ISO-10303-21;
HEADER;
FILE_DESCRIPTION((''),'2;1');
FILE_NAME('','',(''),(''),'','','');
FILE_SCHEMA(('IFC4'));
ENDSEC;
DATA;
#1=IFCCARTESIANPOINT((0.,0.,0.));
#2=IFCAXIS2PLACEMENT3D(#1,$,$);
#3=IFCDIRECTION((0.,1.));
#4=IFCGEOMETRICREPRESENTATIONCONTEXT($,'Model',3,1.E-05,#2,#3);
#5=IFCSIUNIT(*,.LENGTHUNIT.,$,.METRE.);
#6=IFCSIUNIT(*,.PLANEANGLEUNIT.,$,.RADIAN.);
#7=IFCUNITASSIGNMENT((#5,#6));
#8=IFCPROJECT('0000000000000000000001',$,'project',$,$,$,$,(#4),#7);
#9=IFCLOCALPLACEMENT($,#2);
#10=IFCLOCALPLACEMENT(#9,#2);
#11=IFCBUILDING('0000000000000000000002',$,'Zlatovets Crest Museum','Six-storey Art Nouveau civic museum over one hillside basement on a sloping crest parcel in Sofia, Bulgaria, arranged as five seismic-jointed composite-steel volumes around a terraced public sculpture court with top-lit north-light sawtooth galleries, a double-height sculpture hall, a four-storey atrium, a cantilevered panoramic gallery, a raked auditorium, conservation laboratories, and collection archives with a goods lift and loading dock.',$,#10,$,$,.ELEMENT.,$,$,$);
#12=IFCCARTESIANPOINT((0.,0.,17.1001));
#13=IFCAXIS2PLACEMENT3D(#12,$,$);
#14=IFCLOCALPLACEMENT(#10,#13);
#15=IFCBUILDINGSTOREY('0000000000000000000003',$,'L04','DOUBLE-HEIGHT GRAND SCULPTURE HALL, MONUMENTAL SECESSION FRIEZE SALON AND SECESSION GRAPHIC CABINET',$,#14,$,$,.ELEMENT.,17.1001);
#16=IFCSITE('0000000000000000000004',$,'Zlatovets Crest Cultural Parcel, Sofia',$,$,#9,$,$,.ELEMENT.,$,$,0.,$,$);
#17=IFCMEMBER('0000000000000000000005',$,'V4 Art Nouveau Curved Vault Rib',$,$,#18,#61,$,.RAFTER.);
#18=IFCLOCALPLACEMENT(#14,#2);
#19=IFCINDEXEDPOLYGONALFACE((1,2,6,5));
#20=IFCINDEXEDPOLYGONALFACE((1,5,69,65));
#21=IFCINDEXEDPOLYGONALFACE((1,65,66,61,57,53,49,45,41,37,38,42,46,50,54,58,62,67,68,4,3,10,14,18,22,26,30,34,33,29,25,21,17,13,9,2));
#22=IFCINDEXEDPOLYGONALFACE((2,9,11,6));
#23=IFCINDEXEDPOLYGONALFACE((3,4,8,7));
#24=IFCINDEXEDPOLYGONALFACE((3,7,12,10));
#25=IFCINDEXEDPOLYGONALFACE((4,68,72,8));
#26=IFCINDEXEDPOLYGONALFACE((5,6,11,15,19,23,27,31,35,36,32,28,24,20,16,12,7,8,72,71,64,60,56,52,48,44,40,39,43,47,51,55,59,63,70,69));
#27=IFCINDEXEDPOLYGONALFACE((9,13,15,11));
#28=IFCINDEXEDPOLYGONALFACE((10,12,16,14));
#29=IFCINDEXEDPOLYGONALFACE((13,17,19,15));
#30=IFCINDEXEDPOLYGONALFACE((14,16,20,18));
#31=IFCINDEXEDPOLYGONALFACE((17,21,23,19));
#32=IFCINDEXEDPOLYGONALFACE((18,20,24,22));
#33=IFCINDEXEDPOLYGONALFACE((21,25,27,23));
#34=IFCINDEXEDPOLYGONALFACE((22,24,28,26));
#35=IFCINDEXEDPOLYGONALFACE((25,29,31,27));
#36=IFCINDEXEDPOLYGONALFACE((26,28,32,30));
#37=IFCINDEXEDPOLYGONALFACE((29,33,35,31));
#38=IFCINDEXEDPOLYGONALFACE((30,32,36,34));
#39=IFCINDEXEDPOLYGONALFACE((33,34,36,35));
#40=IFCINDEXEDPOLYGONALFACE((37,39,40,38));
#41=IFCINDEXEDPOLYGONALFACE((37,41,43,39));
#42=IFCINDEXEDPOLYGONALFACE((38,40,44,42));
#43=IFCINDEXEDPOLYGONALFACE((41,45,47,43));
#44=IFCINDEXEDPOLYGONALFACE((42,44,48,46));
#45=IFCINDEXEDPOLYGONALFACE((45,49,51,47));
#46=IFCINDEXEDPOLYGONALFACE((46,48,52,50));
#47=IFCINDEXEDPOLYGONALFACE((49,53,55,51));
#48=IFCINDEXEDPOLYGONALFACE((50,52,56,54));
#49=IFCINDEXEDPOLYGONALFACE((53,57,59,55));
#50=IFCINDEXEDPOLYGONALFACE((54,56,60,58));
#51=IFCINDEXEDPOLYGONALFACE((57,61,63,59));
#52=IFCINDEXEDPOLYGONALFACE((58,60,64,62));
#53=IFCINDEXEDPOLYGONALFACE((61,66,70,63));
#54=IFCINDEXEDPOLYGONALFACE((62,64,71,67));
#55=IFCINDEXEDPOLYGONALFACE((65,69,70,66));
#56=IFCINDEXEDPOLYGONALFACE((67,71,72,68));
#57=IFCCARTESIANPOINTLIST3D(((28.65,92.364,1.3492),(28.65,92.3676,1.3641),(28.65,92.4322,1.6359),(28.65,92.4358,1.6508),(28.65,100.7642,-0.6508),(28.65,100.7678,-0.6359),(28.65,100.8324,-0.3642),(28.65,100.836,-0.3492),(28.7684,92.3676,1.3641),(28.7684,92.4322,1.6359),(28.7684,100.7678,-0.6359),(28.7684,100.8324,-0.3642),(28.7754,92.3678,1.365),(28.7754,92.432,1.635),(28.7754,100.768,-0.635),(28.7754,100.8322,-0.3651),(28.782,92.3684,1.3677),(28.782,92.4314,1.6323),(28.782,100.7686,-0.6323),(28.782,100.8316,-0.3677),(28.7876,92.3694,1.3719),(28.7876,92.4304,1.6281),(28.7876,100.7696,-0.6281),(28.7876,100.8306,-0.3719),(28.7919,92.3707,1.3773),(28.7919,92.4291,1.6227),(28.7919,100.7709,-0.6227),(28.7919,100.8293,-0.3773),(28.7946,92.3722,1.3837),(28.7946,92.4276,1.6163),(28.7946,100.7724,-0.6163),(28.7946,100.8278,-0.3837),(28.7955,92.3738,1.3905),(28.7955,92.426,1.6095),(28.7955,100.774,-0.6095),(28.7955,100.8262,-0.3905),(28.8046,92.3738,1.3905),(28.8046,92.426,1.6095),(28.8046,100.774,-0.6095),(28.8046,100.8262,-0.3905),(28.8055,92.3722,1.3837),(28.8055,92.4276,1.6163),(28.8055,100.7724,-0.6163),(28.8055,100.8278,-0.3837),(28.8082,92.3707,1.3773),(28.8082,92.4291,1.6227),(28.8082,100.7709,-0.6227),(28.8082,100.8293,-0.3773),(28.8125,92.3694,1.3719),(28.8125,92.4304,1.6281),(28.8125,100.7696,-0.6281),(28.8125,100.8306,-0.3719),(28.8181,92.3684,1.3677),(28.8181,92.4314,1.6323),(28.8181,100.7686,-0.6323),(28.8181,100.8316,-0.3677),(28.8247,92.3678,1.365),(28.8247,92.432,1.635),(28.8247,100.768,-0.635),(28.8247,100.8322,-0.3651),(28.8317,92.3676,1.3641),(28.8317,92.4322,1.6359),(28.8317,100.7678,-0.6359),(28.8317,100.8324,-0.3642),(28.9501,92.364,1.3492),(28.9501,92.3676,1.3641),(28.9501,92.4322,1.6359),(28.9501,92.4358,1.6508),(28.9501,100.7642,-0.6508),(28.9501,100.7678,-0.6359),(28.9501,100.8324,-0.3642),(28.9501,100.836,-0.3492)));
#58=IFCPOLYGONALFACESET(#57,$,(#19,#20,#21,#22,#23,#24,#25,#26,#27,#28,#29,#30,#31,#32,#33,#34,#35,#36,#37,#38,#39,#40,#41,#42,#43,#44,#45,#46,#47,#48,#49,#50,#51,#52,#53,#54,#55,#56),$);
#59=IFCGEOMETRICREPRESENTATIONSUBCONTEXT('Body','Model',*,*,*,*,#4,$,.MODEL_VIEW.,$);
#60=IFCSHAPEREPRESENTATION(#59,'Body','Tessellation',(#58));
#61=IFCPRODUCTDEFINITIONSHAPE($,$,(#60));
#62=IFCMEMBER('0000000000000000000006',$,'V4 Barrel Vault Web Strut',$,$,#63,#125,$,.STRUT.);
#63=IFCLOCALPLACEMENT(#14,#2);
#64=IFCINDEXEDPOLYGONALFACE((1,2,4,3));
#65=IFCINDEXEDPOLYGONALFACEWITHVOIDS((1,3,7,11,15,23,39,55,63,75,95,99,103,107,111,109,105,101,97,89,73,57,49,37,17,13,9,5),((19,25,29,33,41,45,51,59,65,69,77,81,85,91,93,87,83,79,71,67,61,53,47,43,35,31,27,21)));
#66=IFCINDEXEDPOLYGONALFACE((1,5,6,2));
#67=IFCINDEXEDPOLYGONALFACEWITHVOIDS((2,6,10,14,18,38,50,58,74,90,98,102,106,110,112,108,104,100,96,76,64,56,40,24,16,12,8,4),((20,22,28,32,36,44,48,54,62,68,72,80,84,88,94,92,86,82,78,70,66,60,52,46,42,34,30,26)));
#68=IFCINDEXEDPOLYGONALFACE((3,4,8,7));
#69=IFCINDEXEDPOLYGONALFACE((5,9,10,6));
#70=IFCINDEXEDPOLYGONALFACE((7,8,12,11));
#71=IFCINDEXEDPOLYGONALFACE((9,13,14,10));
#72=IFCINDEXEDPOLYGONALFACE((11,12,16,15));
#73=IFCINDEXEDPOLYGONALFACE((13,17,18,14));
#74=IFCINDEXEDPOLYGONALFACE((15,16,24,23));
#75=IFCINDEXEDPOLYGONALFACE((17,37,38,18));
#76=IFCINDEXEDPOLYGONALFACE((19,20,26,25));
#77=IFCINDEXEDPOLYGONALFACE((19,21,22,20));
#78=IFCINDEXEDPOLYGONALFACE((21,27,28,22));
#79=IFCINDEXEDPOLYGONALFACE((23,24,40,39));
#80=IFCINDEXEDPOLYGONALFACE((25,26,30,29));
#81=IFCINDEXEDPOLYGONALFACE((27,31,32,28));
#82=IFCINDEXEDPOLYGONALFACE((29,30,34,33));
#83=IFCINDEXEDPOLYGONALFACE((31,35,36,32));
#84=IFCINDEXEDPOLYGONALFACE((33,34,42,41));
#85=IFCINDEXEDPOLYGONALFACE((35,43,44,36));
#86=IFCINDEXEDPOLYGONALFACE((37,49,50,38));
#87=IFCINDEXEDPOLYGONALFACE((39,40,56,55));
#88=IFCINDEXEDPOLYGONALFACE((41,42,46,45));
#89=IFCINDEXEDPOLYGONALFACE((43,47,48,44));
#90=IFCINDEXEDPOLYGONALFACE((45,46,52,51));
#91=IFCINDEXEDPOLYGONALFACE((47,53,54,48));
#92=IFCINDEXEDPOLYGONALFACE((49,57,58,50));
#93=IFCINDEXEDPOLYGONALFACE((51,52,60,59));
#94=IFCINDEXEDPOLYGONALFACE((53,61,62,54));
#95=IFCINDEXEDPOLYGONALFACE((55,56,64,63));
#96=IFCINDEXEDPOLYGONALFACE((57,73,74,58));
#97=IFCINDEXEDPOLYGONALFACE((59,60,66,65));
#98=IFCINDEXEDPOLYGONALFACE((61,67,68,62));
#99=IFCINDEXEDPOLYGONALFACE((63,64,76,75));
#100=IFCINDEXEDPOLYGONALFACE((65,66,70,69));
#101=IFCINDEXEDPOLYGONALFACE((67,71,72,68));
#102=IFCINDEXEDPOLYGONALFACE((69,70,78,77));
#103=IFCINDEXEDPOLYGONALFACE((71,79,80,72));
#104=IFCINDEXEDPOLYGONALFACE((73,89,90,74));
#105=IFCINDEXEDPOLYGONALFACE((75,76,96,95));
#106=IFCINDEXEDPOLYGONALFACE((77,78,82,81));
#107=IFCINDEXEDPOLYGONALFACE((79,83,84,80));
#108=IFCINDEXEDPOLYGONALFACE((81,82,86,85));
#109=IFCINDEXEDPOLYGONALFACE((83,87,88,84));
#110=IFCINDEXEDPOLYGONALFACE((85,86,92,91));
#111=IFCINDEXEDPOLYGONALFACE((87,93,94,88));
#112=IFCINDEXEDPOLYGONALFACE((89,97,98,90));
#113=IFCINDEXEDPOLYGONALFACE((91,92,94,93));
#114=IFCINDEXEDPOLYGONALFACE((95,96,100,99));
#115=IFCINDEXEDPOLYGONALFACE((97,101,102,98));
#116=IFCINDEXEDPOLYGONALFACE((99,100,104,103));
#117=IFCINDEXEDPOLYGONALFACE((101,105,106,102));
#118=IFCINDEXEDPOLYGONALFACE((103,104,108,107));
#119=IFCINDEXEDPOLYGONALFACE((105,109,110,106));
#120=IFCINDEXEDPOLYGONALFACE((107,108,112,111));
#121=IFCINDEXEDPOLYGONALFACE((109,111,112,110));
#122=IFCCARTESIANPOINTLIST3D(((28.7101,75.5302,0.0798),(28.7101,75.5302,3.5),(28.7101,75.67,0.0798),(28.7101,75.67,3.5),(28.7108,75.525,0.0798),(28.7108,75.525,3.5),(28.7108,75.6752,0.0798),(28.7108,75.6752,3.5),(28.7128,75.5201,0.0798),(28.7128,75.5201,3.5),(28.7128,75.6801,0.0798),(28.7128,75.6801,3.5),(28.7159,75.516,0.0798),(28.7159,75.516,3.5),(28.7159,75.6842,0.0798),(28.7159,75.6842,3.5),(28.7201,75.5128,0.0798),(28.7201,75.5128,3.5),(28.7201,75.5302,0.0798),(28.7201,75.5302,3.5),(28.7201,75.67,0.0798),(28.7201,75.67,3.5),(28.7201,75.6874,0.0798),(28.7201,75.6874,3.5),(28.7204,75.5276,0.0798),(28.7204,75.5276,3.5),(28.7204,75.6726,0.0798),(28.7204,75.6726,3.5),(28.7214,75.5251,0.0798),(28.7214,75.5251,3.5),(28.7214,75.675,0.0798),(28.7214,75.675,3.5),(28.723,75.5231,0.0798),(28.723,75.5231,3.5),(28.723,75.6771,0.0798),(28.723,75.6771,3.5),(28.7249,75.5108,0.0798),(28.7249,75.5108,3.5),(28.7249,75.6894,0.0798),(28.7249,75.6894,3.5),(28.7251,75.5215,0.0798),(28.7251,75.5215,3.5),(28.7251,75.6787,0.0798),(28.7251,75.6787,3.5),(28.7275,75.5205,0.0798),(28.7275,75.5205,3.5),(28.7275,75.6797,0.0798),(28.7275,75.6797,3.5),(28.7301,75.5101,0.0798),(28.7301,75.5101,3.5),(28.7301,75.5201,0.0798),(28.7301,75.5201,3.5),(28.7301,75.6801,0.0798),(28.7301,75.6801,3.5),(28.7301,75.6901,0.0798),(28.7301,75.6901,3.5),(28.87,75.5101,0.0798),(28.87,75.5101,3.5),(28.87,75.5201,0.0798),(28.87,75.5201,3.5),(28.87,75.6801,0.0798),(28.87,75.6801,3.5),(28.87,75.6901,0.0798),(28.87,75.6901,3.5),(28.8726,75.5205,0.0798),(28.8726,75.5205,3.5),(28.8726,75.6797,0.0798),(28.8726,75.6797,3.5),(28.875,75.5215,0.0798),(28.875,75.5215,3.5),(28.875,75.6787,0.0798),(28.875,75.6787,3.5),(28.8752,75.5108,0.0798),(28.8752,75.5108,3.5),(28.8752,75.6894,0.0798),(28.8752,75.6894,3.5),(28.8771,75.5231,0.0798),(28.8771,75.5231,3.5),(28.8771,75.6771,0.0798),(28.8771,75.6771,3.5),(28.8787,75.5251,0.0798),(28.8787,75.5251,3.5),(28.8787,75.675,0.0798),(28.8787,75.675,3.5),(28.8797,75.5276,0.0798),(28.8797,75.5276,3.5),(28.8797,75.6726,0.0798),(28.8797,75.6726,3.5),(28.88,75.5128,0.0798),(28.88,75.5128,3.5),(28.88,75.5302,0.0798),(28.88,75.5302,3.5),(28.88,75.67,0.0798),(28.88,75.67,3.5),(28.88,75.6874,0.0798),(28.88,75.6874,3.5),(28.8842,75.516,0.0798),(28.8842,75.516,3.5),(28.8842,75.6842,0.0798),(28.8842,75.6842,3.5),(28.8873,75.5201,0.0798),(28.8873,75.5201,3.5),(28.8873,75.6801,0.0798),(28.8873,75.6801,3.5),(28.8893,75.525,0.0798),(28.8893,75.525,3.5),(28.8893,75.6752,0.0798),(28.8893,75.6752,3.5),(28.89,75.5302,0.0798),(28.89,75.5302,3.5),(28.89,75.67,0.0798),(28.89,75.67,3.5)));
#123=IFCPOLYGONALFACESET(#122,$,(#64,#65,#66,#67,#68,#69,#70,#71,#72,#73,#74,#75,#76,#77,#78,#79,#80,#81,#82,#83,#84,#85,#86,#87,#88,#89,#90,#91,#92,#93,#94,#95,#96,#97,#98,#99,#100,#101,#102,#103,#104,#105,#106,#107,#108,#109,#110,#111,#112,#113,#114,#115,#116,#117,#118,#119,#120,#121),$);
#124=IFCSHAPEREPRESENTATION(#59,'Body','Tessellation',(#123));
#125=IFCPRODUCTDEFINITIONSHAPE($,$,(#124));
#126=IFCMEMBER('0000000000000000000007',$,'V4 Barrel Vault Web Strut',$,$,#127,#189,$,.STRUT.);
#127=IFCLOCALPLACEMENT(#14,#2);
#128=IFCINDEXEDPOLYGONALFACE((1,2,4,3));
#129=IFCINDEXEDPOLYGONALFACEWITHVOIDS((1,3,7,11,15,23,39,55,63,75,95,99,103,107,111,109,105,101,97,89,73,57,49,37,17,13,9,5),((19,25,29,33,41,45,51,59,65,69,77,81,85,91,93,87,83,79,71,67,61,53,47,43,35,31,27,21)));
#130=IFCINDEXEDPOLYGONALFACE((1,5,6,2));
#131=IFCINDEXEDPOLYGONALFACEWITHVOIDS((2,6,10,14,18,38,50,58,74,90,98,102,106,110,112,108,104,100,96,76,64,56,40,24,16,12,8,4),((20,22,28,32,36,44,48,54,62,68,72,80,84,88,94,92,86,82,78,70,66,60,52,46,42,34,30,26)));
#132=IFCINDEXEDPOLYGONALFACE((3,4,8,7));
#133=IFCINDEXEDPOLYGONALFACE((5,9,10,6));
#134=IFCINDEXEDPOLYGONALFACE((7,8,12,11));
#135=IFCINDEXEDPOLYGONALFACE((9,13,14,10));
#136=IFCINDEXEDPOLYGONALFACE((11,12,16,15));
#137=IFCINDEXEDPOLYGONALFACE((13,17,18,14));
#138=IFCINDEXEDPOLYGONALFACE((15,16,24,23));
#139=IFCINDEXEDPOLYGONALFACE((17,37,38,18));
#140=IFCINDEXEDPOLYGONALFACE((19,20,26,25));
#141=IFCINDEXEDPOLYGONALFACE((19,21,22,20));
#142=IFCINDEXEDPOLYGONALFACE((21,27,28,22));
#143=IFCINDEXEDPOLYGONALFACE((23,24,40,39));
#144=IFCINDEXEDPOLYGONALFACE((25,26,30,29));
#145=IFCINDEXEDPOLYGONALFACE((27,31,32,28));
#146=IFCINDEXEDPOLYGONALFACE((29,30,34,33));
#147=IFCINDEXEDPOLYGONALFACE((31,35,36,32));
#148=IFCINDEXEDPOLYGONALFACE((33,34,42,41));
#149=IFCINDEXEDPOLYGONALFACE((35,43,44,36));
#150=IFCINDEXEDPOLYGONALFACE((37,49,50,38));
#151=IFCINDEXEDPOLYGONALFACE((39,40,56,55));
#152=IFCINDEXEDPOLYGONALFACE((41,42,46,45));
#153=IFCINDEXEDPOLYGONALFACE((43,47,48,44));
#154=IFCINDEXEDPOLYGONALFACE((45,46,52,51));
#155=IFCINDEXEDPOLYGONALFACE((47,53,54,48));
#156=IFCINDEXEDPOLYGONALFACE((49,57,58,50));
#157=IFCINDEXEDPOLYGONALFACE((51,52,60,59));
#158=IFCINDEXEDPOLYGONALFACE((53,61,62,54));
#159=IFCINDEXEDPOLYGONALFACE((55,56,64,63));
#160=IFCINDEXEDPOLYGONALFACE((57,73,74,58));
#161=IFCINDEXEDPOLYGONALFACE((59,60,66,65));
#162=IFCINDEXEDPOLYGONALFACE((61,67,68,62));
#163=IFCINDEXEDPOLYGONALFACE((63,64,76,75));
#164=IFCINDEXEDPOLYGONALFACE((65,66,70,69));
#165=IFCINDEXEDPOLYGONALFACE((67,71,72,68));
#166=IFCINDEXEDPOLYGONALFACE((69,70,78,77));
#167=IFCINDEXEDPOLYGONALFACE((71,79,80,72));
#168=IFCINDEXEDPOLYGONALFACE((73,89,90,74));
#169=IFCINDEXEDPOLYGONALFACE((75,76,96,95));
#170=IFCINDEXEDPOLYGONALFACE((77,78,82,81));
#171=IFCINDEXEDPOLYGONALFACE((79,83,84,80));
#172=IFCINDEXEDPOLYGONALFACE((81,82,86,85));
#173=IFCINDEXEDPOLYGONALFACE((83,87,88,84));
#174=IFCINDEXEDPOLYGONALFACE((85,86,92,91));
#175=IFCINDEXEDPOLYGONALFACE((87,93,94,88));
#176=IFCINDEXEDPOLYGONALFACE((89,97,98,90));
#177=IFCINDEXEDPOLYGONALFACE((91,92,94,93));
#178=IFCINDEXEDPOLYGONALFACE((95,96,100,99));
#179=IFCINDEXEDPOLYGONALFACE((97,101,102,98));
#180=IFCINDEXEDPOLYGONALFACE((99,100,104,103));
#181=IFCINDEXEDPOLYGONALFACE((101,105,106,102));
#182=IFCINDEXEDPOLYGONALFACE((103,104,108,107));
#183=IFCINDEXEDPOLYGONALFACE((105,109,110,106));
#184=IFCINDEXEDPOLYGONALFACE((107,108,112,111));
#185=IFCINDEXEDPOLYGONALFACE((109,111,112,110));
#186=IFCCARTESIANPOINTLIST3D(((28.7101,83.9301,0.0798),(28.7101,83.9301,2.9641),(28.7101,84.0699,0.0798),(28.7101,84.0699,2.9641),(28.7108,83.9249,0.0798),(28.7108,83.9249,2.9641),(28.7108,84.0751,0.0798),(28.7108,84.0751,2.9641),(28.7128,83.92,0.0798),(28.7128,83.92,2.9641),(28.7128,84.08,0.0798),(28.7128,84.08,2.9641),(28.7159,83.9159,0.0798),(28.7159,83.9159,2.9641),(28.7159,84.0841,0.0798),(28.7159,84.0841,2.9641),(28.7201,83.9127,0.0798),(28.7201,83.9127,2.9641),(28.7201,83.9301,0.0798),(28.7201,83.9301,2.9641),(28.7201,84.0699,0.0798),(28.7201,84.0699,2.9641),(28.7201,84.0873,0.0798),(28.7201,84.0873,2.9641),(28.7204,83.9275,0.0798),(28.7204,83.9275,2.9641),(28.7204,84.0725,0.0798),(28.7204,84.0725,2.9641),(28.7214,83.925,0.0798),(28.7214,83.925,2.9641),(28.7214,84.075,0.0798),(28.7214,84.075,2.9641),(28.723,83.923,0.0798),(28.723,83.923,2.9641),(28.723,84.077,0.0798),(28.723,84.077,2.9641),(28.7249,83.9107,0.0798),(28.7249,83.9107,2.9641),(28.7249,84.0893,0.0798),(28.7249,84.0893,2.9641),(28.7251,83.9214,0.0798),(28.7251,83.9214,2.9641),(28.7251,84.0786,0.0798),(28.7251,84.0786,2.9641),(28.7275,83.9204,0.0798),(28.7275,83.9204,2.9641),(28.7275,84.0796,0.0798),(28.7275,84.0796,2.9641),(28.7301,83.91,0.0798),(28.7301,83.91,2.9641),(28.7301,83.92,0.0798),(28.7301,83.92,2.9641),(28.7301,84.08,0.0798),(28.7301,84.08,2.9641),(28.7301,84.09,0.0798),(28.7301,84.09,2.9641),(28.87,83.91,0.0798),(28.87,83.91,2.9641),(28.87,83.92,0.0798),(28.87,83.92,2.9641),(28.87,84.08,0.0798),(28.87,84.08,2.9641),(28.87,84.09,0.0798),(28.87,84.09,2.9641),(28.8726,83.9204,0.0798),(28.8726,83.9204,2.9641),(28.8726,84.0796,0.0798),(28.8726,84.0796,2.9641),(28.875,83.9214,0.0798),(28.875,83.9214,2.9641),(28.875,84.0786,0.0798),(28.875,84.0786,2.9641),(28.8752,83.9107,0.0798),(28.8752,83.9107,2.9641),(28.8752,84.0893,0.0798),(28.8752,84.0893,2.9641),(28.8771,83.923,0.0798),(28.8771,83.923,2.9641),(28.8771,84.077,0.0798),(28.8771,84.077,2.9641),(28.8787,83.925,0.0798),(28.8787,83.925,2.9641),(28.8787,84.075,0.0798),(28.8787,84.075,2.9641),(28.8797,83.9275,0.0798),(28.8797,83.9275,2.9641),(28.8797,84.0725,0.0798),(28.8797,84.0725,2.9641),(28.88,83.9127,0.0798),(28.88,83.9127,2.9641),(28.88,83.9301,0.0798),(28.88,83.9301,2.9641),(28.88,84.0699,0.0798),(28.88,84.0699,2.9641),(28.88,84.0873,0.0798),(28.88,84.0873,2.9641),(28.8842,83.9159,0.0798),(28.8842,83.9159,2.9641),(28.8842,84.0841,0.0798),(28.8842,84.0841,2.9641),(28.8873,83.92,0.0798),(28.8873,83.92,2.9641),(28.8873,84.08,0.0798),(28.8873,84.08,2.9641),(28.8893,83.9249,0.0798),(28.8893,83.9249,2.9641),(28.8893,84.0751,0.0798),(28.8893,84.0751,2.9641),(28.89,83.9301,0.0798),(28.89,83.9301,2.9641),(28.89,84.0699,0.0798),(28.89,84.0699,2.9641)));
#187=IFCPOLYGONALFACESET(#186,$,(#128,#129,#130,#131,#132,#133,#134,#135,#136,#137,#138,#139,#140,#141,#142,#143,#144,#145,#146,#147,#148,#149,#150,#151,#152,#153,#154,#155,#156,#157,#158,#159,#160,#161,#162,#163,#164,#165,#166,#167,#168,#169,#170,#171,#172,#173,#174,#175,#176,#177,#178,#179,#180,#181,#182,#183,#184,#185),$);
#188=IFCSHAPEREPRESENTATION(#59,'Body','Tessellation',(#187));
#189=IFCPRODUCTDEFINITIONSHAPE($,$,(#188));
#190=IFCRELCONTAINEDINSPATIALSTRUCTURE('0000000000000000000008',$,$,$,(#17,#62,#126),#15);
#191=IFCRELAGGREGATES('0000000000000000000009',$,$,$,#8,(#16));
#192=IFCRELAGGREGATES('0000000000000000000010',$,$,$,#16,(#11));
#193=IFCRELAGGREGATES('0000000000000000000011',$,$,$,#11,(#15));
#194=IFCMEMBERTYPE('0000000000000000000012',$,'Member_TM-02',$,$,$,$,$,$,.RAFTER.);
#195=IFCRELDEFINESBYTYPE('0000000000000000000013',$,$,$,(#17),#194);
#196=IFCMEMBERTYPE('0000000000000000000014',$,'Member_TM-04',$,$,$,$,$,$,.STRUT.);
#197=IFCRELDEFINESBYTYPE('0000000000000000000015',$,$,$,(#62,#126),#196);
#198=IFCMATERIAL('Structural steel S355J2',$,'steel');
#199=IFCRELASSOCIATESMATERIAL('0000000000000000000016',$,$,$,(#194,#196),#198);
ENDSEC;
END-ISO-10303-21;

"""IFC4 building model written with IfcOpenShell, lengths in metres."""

from ifc_helpers import new_model, si_unit, direction, frame, origin, origin_2d, place, context, subcontext, project, spatial, hollow_rectangle, i_section, extrude, material, material_profile, profile_set, type_object, element, save


model = new_model("IFC4")

# Units and contexts
model_context = context("Model", 3, precision=1e-05, world=origin(), true_north=direction((0.0, 1.0)))
body_context = subcontext(model_context, "Body", "Model", "MODEL_VIEW")
ifc_project = project(units=[si_unit("LENGTHUNIT", "METRE"), si_unit("PLANEANGLEUNIT", "RADIAN")], contexts=[model_context])

# Site, building, storey
site_placement = place(None, origin())
site = spatial("IfcSite", under=ifc_project, at=site_placement, Name="Zlatovets Crest Cultural Parcel, Sofia", CompositionType="ELEMENT", RefElevation=0.0)
building_placement = place(site_placement, origin())
building = spatial("IfcBuilding", under=site, at=building_placement, Name="Zlatovets Crest Museum", Description="Six-storey Art Nouveau civic museum over one hillside basement on a sloping crest parcel in Sofia, Bulgaria, arranged as five seismic-jointed composite-steel volumes around a terraced public sculpture court with top-lit north-light sawtooth galleries, a double-height sculpture hall, a four-storey atrium, a cantilevered panoramic gallery, a raked auditorium, conservation laboratories, and collection archives with a goods lift and loading dock.", CompositionType="ELEMENT")
storey_placement = place(building_placement, frame((0.0, 0.0, 17.1001)))
storey = spatial("IfcBuildingStorey", under=building, at=storey_placement, Name="L04", Description="DOUBLE-HEIGHT GRAND SCULPTURE HALL, MONUMENTAL SECESSION FRIEZE SALON AND SECESSION GRAPHIC CABINET", CompositionType="ELEMENT", Elevation=17.1001)

# Shared definitions
ifc_material_1 = material(Name="Structural steel S355J2", Category="steel")

# Members
ifc_material_profile_1 = material_profile(ifc_material_1, i_section(OverallWidth=0.3, OverallDepth=0.3101, WebThickness=0.009, FlangeThickness=0.0154, FilletRadius=0.0271, at=origin_2d()), Name="HEA 320")
ifc_profile_set_1 = profile_set([ifc_material_profile_1], Name="Structural steel S355J2")
member_type_1 = type_object("IfcMemberType", Name="Member_TM-02", PredefinedType="RAFTER", material=ifc_profile_set_1)
member_1_placement = place(storey_placement, frame((28.8, 92.3999, 1.5), z_axis=(0.0, 0.972807, -0.231617), x_axis=(-1.0, 0.0, 0.0)))
element("IfcMember", 1, at=member_1_placement, inside=storey, type_object=member_type_1, Name="V4 Art Nouveau Curved Vault Rib", PredefinedType="RAFTER", context=body_context, shape_type="SweptSolid", body=[
    extrude(i_section(OverallWidth=0.3, OverallDepth=0.3101, WebThickness=0.009, FlangeThickness=0.0154, FilletRadius=0.0271, at=origin_2d()), origin(), (0.0, 0.0, 1.0), 8.635),
])
ifc_material_profile_2 = material_profile(ifc_material_1, hollow_rectangle(XDim=0.1799, YDim=0.1799, WallThickness=0.01, InnerFilletRadius=0.01, OuterFilletRadius=0.02, at=origin_2d()), Name="SHS 180x180x10.0")
ifc_profile_set_2 = profile_set([ifc_material_profile_2], Name="Structural steel S355J2")
member_type_2 = type_object("IfcMemberType", Name="Member_TM-04", PredefinedType="STRUT", material=ifc_profile_set_2)
member_2_placement = place(storey_placement, frame((28.8, 75.6001, 0.0798), z_axis=(0.0, 0.0, 1.0), x_axis=(1.0, 0.0, 0.0)))
element("IfcMember", 2, at=member_2_placement, inside=storey, type_object=member_type_2, Name="V4 Barrel Vault Web Strut", PredefinedType="STRUT", context=body_context, shape_type="SweptSolid", body=[
    extrude(hollow_rectangle(XDim=0.1799, YDim=0.1799, WallThickness=0.01, InnerFilletRadius=0.01, OuterFilletRadius=0.02, at=origin_2d()), origin(), (0.0, 0.0, 1.0), 3.4202),
])
member_3_placement = place(storey_placement, frame((28.8, 84.0, 0.0798), z_axis=(0.0, 0.0, 1.0), x_axis=(1.0, 0.0, 0.0)))
element("IfcMember", 3, at=member_3_placement, inside=storey, type_object=member_type_2, Name="V4 Barrel Vault Web Strut", PredefinedType="STRUT", context=body_context, shape_type="SweptSolid", body=[
    extrude(hollow_rectangle(XDim=0.1799, YDim=0.1799, WallThickness=0.01, InnerFilletRadius=0.01, OuterFilletRadius=0.02, at=origin_2d()), origin(), (0.0, 0.0, 1.0), 2.8843),
])

save(model, "model.ifc")
